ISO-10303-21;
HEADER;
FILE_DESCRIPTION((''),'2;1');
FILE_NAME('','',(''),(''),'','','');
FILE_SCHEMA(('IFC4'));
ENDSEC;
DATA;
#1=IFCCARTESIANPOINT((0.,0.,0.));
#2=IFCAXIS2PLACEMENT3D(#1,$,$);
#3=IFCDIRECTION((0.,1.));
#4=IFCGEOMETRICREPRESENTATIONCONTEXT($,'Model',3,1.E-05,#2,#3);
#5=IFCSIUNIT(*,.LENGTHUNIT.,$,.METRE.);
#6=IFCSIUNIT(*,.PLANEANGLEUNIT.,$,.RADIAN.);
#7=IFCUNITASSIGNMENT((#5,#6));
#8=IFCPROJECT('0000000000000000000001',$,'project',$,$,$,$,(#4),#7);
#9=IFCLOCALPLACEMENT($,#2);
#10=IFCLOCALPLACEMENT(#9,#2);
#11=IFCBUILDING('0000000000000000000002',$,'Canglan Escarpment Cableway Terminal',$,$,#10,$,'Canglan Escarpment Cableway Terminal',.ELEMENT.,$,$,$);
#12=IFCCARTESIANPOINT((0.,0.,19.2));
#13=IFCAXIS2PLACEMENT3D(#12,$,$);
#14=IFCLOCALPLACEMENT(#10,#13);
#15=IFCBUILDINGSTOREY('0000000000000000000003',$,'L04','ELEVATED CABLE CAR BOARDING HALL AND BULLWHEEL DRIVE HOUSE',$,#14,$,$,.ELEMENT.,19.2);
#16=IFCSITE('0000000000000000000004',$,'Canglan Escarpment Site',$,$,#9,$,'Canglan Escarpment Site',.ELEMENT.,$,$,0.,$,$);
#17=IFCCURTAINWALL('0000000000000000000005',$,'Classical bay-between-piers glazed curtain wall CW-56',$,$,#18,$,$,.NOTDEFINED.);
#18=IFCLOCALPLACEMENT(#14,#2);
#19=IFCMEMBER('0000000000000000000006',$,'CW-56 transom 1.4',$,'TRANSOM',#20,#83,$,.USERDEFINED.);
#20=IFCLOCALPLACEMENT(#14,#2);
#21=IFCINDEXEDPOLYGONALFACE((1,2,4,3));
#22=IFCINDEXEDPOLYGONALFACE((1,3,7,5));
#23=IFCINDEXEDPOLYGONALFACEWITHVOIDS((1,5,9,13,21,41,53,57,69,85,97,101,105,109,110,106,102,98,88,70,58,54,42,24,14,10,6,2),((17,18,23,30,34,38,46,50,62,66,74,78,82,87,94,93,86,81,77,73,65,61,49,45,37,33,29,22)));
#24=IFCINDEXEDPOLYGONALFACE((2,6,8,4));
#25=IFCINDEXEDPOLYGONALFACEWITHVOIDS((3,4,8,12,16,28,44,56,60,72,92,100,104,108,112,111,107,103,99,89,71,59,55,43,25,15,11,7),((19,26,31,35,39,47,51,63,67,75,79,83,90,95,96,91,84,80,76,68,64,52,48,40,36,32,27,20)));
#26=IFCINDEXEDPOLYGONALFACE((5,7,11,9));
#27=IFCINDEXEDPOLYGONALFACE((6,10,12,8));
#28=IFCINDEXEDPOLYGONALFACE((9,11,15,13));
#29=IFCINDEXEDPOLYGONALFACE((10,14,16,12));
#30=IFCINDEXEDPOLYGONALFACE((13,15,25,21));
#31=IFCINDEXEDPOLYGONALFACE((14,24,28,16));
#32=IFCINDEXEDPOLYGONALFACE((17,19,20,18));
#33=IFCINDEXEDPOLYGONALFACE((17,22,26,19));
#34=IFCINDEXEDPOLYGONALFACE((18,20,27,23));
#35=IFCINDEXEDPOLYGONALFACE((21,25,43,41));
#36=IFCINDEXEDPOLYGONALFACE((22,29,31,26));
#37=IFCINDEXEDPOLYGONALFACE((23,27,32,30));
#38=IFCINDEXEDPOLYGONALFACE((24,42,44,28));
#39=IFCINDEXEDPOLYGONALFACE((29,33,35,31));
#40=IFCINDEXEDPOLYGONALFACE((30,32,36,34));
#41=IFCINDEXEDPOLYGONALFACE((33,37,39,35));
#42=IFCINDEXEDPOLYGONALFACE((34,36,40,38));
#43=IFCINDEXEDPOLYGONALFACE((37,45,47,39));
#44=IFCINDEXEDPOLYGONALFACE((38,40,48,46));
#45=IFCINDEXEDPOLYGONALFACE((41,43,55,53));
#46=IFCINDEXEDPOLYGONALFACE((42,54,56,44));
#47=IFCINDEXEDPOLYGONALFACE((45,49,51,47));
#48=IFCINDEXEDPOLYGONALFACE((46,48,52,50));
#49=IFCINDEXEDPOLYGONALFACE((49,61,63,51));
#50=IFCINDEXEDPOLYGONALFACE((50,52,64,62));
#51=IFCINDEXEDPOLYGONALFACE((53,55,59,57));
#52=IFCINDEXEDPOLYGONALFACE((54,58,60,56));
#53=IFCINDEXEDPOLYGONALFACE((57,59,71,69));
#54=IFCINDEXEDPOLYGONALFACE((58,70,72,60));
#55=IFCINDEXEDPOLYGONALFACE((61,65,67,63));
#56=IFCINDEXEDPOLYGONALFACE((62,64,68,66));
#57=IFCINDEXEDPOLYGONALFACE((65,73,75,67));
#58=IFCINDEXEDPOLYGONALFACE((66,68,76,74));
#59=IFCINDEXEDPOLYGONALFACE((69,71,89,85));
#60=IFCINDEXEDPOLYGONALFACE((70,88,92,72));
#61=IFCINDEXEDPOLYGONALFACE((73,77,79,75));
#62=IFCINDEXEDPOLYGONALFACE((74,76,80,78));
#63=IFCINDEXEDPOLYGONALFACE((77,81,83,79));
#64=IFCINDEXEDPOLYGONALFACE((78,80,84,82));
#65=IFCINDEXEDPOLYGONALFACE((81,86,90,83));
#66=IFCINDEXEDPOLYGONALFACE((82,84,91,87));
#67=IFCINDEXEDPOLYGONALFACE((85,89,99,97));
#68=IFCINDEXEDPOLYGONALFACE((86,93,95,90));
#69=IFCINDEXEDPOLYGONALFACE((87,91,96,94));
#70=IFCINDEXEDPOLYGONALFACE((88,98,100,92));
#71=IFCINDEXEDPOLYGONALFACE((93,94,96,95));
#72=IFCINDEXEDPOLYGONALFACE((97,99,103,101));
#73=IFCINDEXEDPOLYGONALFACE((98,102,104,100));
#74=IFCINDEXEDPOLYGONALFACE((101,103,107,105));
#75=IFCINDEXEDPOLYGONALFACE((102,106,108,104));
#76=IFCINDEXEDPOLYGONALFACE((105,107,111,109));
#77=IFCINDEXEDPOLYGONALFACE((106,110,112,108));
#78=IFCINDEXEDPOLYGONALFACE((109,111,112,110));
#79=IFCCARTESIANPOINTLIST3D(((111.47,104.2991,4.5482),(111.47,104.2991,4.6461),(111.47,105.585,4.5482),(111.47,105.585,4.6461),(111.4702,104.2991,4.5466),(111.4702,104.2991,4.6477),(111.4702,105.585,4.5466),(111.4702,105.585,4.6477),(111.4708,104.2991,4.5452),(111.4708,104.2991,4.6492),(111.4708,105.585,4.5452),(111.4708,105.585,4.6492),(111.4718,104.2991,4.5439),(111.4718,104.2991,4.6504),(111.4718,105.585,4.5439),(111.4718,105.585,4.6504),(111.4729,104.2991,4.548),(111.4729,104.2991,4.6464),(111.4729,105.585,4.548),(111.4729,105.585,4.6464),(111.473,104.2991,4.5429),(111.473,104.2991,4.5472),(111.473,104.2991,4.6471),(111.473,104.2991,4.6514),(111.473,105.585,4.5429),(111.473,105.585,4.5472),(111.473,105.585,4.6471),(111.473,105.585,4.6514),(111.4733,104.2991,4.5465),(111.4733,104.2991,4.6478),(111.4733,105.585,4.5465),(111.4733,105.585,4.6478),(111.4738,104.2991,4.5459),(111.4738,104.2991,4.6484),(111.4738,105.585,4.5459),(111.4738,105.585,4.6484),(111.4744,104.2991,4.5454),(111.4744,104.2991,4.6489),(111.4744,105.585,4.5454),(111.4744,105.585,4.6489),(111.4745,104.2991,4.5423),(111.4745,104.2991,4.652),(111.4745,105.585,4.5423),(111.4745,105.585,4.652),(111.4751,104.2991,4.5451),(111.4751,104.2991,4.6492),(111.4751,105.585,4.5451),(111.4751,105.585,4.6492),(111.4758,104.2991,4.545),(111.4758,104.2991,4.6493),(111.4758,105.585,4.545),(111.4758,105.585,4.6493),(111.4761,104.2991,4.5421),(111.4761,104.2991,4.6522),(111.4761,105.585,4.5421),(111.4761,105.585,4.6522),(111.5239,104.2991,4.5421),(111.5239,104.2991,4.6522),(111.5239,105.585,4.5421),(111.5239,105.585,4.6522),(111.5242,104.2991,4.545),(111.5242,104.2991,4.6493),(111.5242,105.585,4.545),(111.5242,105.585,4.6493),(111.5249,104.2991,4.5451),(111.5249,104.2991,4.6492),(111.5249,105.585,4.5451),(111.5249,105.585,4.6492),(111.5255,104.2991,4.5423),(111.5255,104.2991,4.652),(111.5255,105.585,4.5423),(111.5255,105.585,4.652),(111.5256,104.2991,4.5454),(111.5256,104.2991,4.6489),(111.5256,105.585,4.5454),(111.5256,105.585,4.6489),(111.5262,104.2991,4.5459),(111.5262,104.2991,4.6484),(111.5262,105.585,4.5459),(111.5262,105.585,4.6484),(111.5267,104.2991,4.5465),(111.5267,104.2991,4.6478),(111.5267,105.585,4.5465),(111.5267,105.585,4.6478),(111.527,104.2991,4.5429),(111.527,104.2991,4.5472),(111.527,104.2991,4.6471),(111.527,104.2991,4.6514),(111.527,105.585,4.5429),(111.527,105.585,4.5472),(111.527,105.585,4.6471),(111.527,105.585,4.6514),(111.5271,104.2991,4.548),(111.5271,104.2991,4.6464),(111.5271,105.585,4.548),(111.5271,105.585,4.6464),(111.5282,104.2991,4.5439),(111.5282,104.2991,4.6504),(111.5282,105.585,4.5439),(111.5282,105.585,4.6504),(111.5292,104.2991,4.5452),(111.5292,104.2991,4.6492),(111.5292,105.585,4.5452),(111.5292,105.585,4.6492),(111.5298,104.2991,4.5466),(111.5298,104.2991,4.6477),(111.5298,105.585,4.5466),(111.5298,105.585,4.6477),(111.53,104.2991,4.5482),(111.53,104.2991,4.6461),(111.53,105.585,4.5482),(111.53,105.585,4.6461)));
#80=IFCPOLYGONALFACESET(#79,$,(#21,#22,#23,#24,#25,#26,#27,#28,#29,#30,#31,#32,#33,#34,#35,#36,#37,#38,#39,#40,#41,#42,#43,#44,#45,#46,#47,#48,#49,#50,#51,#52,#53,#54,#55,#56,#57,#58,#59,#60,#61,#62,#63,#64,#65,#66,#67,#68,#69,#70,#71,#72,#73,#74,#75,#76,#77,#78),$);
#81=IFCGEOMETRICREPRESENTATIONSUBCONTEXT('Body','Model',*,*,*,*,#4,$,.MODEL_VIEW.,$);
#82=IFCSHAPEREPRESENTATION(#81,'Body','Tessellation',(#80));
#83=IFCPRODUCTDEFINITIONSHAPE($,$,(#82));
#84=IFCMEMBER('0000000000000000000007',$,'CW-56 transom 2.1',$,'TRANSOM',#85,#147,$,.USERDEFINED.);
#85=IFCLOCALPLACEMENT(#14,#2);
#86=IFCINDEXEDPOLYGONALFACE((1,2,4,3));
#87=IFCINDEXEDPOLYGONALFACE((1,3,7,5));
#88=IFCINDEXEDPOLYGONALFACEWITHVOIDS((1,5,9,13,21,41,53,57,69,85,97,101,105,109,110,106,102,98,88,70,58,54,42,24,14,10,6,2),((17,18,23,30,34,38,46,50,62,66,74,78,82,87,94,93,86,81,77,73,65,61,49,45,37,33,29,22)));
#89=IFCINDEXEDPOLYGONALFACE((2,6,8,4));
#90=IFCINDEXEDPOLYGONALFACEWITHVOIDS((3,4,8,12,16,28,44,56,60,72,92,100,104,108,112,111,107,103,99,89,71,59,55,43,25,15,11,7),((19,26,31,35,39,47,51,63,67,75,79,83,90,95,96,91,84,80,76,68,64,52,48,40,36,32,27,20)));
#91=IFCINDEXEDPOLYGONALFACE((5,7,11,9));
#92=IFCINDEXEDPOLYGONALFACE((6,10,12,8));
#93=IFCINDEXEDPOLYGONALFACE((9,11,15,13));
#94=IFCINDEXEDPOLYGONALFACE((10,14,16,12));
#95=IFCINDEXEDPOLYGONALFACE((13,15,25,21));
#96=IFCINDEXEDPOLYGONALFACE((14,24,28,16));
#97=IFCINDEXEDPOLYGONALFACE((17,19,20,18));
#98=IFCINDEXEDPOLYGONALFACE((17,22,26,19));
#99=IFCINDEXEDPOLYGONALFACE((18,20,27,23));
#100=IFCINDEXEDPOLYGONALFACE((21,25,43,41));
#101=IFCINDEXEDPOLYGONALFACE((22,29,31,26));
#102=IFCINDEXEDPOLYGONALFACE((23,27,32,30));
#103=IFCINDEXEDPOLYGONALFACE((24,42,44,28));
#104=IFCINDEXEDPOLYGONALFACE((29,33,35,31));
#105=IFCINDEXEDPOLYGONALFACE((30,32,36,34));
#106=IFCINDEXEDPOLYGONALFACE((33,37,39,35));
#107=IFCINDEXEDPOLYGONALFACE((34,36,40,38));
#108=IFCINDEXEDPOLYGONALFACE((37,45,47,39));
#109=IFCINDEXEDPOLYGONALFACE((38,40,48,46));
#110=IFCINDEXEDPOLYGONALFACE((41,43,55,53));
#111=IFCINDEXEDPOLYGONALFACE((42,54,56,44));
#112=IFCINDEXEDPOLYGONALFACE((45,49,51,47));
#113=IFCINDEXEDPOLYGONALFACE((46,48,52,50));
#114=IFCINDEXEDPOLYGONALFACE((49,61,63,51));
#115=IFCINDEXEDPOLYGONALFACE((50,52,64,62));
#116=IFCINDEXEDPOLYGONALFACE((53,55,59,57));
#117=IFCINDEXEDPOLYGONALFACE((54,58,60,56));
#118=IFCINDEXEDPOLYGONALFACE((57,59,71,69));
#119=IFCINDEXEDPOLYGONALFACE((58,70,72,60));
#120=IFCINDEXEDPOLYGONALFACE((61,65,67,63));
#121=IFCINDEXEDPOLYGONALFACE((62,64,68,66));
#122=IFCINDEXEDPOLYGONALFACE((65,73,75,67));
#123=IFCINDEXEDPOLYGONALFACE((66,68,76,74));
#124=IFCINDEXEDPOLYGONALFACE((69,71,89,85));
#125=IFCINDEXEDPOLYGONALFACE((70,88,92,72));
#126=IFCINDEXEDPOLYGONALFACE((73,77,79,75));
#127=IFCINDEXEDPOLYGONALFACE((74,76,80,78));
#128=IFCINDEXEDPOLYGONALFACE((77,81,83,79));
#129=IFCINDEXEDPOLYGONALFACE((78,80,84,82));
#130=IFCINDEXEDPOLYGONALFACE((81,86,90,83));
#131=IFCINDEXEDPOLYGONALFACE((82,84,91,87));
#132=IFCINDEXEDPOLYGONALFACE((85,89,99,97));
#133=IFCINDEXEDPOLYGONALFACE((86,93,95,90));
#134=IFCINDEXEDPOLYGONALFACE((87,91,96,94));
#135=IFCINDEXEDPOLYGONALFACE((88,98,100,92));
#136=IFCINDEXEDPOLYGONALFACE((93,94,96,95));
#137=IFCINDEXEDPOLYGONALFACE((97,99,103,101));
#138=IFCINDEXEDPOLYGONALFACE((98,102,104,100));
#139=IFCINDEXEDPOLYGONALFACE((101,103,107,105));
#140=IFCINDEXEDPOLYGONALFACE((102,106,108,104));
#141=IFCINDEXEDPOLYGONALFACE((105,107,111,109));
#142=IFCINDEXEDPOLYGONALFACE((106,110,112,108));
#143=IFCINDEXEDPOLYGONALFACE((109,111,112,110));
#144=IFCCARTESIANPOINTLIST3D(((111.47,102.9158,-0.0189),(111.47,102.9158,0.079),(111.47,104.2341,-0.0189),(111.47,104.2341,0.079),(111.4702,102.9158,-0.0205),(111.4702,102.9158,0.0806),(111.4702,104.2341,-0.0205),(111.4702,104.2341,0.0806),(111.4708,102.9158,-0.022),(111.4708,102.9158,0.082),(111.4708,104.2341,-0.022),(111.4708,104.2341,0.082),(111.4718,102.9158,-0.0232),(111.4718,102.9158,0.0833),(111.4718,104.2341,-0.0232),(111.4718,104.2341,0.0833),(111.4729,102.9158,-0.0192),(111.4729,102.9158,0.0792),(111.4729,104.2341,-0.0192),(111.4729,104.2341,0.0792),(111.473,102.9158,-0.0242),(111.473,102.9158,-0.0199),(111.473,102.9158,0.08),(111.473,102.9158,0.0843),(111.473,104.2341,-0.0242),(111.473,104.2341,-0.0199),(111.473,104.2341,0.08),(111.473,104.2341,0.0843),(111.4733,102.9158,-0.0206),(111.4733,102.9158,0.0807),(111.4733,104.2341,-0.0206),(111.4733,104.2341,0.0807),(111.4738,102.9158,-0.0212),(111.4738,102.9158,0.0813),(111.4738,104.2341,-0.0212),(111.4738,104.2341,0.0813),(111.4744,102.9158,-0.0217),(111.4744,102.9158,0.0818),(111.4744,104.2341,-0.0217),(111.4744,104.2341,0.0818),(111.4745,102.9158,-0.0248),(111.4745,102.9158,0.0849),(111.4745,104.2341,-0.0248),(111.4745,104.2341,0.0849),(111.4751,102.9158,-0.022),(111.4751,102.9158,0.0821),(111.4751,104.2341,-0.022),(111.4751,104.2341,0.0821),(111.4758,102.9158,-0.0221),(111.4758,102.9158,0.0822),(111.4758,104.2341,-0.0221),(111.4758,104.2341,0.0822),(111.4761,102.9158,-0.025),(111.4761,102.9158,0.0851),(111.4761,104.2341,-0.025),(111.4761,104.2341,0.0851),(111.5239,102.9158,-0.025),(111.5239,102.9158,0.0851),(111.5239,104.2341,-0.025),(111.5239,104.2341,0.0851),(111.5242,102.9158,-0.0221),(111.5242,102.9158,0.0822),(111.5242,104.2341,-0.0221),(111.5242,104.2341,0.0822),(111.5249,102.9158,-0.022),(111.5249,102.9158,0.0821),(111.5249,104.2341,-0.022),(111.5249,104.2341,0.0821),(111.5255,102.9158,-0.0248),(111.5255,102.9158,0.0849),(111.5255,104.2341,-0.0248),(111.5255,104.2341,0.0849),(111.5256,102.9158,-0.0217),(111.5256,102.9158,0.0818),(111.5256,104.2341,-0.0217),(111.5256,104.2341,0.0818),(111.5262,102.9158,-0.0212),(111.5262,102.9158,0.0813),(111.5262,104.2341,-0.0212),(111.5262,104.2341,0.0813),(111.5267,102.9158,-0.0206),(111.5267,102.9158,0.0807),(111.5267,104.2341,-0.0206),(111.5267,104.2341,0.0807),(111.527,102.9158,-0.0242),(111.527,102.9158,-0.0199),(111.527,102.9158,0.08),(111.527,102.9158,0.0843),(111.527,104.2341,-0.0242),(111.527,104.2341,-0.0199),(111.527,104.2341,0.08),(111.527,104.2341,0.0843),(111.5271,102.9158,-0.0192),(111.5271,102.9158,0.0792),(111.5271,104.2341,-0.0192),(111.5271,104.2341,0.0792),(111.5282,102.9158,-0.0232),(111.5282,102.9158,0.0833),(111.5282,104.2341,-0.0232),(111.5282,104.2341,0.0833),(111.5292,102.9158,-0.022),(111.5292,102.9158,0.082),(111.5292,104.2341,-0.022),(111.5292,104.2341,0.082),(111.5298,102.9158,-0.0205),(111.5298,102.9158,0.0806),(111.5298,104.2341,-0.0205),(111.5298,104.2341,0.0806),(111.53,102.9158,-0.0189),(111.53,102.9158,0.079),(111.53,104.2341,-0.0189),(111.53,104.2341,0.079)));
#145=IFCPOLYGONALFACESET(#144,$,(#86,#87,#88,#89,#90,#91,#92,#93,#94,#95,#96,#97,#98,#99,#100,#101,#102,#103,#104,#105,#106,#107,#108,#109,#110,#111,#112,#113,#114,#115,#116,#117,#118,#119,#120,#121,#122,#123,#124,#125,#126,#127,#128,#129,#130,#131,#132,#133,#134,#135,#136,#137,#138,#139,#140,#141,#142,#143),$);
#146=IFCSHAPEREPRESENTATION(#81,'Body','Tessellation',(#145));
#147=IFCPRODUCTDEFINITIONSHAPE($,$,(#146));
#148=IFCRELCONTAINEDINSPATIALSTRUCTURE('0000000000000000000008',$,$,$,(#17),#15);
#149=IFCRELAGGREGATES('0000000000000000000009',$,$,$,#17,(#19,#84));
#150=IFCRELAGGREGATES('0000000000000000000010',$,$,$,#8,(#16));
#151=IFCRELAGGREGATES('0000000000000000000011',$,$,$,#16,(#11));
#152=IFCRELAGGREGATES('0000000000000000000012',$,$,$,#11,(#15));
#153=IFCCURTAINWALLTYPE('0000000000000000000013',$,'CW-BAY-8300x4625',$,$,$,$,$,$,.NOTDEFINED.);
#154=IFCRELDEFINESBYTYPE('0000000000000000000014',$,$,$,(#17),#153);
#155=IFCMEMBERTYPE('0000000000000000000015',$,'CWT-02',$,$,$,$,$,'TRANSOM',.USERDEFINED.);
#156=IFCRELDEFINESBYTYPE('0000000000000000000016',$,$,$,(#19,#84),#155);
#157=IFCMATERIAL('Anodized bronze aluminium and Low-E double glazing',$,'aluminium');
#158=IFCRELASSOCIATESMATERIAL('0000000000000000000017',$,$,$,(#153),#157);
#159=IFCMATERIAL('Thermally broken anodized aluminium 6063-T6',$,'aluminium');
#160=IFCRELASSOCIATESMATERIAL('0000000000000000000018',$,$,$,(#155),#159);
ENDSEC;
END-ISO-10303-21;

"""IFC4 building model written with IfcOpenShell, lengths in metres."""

from ifc_helpers import new_model, si_unit, direction, frame, origin, origin_2d, place, context, subcontext, project, spatial, hollow_rectangle, extrude, material, material_profile, profile_set, type_object, element, aggregate, save


model = new_model("IFC4")

# Units and contexts
model_context = context("Model", 3, precision=1e-05, world=origin(), true_north=direction((0.0, 1.0)))
body_context = subcontext(model_context, "Body", "Model", "MODEL_VIEW")
ifc_project = project(units=[si_unit("LENGTHUNIT", "METRE"), si_unit("PLANEANGLEUNIT", "RADIAN")], contexts=[model_context])

# Site, building, storey
site_placement = place(None, origin())
site = spatial("IfcSite", under=ifc_project, at=site_placement, Name="Canglan Escarpment Site", LongName="Canglan Escarpment Site", CompositionType="ELEMENT", RefElevation=0.0)
building_placement = place(site_placement, origin())
building = spatial("IfcBuilding", under=site, at=building_placement, Name="Canglan Escarpment Cableway Terminal", LongName="Canglan Escarpment Cableway Terminal", CompositionType="ELEMENT")
storey_placement = place(building_placement, frame((0.0, 0.0, 19.2)))
storey = spatial("IfcBuildingStorey", under=building, at=storey_placement, Name="L04", Description="ELEVATED CABLE CAR BOARDING HALL AND BULLWHEEL DRIVE HOUSE", CompositionType="ELEMENT", Elevation=19.2)

# Curtain wall, members
ifc_material_1 = material(Name="Anodized bronze aluminium and Low-E double glazing", Category="aluminium")
curtain_wall_type = type_object("IfcCurtainWallType", Name="CW-BAY-8300x4625", PredefinedType="NOTDEFINED", material=ifc_material_1)
curtain_wall_placement = place(storey_placement, origin())
curtain_wall = element("IfcCurtainWall", 1, at=curtain_wall_placement, inside=storey, type_object=curtain_wall_type, Name="Classical bay-between-piers glazed curtain wall CW-56", PredefinedType="NOTDEFINED")
ifc_material_2 = material(Name="Thermally broken anodized aluminium 6063-T6", Category="aluminium")
ifc_material_profile_1 = material_profile(ifc_material_2, hollow_rectangle(XDim=0.0601, YDim=0.1101, WallThickness=0.0029, InnerFilletRadius=0.0029, OuterFilletRadius=0.0061, at=origin_2d()), Name="ALU-TRAN 60x110x3")
ifc_profile_set_1 = profile_set([ifc_material_profile_1], Name="Thermally broken anodized aluminium 6063-T6")
member_type_1 = type_object("IfcMemberType", Name="CWT-02", ElementType="TRANSOM", PredefinedType="USERDEFINED", material=ifc_profile_set_1)
member_1_placement = place(storey_placement, frame((111.5, 105.585, 4.5972), z_axis=(0.0, -1.0, 0.0), x_axis=(1.0, 0.0, 0.0)))
member_1 = element("IfcMember", 2, at=member_1_placement, type_object=member_type_1, Name="CW-56 transom 1.4", ObjectType="TRANSOM", PredefinedType="USERDEFINED", context=body_context, shape_type="SweptSolid", body=[
    extrude(hollow_rectangle(XDim=0.0601, YDim=0.1101, WallThickness=0.0029, InnerFilletRadius=0.0029, OuterFilletRadius=0.0061, at=origin_2d()), origin(), (0.0, 0.0, 1.0), 1.2859),
])
member_2_placement = place(storey_placement, frame((111.5, 104.2341, 0.03), z_axis=(0.0, -1.0, 0.0), x_axis=(1.0, 0.0, 0.0)))
member_2 = element("IfcMember", 3, at=member_2_placement, type_object=member_type_1, Name="CW-56 transom 2.1", ObjectType="TRANSOM", PredefinedType="USERDEFINED", context=body_context, shape_type="SweptSolid", body=[
    extrude(hollow_rectangle(XDim=0.0601, YDim=0.1101, WallThickness=0.0029, InnerFilletRadius=0.0029, OuterFilletRadius=0.0061, at=origin_2d()), origin(), (0.0, 0.0, 1.0), 1.3184),
])
aggregate(curtain_wall, [member_1, member_2])

save(model, "model.ifc")
